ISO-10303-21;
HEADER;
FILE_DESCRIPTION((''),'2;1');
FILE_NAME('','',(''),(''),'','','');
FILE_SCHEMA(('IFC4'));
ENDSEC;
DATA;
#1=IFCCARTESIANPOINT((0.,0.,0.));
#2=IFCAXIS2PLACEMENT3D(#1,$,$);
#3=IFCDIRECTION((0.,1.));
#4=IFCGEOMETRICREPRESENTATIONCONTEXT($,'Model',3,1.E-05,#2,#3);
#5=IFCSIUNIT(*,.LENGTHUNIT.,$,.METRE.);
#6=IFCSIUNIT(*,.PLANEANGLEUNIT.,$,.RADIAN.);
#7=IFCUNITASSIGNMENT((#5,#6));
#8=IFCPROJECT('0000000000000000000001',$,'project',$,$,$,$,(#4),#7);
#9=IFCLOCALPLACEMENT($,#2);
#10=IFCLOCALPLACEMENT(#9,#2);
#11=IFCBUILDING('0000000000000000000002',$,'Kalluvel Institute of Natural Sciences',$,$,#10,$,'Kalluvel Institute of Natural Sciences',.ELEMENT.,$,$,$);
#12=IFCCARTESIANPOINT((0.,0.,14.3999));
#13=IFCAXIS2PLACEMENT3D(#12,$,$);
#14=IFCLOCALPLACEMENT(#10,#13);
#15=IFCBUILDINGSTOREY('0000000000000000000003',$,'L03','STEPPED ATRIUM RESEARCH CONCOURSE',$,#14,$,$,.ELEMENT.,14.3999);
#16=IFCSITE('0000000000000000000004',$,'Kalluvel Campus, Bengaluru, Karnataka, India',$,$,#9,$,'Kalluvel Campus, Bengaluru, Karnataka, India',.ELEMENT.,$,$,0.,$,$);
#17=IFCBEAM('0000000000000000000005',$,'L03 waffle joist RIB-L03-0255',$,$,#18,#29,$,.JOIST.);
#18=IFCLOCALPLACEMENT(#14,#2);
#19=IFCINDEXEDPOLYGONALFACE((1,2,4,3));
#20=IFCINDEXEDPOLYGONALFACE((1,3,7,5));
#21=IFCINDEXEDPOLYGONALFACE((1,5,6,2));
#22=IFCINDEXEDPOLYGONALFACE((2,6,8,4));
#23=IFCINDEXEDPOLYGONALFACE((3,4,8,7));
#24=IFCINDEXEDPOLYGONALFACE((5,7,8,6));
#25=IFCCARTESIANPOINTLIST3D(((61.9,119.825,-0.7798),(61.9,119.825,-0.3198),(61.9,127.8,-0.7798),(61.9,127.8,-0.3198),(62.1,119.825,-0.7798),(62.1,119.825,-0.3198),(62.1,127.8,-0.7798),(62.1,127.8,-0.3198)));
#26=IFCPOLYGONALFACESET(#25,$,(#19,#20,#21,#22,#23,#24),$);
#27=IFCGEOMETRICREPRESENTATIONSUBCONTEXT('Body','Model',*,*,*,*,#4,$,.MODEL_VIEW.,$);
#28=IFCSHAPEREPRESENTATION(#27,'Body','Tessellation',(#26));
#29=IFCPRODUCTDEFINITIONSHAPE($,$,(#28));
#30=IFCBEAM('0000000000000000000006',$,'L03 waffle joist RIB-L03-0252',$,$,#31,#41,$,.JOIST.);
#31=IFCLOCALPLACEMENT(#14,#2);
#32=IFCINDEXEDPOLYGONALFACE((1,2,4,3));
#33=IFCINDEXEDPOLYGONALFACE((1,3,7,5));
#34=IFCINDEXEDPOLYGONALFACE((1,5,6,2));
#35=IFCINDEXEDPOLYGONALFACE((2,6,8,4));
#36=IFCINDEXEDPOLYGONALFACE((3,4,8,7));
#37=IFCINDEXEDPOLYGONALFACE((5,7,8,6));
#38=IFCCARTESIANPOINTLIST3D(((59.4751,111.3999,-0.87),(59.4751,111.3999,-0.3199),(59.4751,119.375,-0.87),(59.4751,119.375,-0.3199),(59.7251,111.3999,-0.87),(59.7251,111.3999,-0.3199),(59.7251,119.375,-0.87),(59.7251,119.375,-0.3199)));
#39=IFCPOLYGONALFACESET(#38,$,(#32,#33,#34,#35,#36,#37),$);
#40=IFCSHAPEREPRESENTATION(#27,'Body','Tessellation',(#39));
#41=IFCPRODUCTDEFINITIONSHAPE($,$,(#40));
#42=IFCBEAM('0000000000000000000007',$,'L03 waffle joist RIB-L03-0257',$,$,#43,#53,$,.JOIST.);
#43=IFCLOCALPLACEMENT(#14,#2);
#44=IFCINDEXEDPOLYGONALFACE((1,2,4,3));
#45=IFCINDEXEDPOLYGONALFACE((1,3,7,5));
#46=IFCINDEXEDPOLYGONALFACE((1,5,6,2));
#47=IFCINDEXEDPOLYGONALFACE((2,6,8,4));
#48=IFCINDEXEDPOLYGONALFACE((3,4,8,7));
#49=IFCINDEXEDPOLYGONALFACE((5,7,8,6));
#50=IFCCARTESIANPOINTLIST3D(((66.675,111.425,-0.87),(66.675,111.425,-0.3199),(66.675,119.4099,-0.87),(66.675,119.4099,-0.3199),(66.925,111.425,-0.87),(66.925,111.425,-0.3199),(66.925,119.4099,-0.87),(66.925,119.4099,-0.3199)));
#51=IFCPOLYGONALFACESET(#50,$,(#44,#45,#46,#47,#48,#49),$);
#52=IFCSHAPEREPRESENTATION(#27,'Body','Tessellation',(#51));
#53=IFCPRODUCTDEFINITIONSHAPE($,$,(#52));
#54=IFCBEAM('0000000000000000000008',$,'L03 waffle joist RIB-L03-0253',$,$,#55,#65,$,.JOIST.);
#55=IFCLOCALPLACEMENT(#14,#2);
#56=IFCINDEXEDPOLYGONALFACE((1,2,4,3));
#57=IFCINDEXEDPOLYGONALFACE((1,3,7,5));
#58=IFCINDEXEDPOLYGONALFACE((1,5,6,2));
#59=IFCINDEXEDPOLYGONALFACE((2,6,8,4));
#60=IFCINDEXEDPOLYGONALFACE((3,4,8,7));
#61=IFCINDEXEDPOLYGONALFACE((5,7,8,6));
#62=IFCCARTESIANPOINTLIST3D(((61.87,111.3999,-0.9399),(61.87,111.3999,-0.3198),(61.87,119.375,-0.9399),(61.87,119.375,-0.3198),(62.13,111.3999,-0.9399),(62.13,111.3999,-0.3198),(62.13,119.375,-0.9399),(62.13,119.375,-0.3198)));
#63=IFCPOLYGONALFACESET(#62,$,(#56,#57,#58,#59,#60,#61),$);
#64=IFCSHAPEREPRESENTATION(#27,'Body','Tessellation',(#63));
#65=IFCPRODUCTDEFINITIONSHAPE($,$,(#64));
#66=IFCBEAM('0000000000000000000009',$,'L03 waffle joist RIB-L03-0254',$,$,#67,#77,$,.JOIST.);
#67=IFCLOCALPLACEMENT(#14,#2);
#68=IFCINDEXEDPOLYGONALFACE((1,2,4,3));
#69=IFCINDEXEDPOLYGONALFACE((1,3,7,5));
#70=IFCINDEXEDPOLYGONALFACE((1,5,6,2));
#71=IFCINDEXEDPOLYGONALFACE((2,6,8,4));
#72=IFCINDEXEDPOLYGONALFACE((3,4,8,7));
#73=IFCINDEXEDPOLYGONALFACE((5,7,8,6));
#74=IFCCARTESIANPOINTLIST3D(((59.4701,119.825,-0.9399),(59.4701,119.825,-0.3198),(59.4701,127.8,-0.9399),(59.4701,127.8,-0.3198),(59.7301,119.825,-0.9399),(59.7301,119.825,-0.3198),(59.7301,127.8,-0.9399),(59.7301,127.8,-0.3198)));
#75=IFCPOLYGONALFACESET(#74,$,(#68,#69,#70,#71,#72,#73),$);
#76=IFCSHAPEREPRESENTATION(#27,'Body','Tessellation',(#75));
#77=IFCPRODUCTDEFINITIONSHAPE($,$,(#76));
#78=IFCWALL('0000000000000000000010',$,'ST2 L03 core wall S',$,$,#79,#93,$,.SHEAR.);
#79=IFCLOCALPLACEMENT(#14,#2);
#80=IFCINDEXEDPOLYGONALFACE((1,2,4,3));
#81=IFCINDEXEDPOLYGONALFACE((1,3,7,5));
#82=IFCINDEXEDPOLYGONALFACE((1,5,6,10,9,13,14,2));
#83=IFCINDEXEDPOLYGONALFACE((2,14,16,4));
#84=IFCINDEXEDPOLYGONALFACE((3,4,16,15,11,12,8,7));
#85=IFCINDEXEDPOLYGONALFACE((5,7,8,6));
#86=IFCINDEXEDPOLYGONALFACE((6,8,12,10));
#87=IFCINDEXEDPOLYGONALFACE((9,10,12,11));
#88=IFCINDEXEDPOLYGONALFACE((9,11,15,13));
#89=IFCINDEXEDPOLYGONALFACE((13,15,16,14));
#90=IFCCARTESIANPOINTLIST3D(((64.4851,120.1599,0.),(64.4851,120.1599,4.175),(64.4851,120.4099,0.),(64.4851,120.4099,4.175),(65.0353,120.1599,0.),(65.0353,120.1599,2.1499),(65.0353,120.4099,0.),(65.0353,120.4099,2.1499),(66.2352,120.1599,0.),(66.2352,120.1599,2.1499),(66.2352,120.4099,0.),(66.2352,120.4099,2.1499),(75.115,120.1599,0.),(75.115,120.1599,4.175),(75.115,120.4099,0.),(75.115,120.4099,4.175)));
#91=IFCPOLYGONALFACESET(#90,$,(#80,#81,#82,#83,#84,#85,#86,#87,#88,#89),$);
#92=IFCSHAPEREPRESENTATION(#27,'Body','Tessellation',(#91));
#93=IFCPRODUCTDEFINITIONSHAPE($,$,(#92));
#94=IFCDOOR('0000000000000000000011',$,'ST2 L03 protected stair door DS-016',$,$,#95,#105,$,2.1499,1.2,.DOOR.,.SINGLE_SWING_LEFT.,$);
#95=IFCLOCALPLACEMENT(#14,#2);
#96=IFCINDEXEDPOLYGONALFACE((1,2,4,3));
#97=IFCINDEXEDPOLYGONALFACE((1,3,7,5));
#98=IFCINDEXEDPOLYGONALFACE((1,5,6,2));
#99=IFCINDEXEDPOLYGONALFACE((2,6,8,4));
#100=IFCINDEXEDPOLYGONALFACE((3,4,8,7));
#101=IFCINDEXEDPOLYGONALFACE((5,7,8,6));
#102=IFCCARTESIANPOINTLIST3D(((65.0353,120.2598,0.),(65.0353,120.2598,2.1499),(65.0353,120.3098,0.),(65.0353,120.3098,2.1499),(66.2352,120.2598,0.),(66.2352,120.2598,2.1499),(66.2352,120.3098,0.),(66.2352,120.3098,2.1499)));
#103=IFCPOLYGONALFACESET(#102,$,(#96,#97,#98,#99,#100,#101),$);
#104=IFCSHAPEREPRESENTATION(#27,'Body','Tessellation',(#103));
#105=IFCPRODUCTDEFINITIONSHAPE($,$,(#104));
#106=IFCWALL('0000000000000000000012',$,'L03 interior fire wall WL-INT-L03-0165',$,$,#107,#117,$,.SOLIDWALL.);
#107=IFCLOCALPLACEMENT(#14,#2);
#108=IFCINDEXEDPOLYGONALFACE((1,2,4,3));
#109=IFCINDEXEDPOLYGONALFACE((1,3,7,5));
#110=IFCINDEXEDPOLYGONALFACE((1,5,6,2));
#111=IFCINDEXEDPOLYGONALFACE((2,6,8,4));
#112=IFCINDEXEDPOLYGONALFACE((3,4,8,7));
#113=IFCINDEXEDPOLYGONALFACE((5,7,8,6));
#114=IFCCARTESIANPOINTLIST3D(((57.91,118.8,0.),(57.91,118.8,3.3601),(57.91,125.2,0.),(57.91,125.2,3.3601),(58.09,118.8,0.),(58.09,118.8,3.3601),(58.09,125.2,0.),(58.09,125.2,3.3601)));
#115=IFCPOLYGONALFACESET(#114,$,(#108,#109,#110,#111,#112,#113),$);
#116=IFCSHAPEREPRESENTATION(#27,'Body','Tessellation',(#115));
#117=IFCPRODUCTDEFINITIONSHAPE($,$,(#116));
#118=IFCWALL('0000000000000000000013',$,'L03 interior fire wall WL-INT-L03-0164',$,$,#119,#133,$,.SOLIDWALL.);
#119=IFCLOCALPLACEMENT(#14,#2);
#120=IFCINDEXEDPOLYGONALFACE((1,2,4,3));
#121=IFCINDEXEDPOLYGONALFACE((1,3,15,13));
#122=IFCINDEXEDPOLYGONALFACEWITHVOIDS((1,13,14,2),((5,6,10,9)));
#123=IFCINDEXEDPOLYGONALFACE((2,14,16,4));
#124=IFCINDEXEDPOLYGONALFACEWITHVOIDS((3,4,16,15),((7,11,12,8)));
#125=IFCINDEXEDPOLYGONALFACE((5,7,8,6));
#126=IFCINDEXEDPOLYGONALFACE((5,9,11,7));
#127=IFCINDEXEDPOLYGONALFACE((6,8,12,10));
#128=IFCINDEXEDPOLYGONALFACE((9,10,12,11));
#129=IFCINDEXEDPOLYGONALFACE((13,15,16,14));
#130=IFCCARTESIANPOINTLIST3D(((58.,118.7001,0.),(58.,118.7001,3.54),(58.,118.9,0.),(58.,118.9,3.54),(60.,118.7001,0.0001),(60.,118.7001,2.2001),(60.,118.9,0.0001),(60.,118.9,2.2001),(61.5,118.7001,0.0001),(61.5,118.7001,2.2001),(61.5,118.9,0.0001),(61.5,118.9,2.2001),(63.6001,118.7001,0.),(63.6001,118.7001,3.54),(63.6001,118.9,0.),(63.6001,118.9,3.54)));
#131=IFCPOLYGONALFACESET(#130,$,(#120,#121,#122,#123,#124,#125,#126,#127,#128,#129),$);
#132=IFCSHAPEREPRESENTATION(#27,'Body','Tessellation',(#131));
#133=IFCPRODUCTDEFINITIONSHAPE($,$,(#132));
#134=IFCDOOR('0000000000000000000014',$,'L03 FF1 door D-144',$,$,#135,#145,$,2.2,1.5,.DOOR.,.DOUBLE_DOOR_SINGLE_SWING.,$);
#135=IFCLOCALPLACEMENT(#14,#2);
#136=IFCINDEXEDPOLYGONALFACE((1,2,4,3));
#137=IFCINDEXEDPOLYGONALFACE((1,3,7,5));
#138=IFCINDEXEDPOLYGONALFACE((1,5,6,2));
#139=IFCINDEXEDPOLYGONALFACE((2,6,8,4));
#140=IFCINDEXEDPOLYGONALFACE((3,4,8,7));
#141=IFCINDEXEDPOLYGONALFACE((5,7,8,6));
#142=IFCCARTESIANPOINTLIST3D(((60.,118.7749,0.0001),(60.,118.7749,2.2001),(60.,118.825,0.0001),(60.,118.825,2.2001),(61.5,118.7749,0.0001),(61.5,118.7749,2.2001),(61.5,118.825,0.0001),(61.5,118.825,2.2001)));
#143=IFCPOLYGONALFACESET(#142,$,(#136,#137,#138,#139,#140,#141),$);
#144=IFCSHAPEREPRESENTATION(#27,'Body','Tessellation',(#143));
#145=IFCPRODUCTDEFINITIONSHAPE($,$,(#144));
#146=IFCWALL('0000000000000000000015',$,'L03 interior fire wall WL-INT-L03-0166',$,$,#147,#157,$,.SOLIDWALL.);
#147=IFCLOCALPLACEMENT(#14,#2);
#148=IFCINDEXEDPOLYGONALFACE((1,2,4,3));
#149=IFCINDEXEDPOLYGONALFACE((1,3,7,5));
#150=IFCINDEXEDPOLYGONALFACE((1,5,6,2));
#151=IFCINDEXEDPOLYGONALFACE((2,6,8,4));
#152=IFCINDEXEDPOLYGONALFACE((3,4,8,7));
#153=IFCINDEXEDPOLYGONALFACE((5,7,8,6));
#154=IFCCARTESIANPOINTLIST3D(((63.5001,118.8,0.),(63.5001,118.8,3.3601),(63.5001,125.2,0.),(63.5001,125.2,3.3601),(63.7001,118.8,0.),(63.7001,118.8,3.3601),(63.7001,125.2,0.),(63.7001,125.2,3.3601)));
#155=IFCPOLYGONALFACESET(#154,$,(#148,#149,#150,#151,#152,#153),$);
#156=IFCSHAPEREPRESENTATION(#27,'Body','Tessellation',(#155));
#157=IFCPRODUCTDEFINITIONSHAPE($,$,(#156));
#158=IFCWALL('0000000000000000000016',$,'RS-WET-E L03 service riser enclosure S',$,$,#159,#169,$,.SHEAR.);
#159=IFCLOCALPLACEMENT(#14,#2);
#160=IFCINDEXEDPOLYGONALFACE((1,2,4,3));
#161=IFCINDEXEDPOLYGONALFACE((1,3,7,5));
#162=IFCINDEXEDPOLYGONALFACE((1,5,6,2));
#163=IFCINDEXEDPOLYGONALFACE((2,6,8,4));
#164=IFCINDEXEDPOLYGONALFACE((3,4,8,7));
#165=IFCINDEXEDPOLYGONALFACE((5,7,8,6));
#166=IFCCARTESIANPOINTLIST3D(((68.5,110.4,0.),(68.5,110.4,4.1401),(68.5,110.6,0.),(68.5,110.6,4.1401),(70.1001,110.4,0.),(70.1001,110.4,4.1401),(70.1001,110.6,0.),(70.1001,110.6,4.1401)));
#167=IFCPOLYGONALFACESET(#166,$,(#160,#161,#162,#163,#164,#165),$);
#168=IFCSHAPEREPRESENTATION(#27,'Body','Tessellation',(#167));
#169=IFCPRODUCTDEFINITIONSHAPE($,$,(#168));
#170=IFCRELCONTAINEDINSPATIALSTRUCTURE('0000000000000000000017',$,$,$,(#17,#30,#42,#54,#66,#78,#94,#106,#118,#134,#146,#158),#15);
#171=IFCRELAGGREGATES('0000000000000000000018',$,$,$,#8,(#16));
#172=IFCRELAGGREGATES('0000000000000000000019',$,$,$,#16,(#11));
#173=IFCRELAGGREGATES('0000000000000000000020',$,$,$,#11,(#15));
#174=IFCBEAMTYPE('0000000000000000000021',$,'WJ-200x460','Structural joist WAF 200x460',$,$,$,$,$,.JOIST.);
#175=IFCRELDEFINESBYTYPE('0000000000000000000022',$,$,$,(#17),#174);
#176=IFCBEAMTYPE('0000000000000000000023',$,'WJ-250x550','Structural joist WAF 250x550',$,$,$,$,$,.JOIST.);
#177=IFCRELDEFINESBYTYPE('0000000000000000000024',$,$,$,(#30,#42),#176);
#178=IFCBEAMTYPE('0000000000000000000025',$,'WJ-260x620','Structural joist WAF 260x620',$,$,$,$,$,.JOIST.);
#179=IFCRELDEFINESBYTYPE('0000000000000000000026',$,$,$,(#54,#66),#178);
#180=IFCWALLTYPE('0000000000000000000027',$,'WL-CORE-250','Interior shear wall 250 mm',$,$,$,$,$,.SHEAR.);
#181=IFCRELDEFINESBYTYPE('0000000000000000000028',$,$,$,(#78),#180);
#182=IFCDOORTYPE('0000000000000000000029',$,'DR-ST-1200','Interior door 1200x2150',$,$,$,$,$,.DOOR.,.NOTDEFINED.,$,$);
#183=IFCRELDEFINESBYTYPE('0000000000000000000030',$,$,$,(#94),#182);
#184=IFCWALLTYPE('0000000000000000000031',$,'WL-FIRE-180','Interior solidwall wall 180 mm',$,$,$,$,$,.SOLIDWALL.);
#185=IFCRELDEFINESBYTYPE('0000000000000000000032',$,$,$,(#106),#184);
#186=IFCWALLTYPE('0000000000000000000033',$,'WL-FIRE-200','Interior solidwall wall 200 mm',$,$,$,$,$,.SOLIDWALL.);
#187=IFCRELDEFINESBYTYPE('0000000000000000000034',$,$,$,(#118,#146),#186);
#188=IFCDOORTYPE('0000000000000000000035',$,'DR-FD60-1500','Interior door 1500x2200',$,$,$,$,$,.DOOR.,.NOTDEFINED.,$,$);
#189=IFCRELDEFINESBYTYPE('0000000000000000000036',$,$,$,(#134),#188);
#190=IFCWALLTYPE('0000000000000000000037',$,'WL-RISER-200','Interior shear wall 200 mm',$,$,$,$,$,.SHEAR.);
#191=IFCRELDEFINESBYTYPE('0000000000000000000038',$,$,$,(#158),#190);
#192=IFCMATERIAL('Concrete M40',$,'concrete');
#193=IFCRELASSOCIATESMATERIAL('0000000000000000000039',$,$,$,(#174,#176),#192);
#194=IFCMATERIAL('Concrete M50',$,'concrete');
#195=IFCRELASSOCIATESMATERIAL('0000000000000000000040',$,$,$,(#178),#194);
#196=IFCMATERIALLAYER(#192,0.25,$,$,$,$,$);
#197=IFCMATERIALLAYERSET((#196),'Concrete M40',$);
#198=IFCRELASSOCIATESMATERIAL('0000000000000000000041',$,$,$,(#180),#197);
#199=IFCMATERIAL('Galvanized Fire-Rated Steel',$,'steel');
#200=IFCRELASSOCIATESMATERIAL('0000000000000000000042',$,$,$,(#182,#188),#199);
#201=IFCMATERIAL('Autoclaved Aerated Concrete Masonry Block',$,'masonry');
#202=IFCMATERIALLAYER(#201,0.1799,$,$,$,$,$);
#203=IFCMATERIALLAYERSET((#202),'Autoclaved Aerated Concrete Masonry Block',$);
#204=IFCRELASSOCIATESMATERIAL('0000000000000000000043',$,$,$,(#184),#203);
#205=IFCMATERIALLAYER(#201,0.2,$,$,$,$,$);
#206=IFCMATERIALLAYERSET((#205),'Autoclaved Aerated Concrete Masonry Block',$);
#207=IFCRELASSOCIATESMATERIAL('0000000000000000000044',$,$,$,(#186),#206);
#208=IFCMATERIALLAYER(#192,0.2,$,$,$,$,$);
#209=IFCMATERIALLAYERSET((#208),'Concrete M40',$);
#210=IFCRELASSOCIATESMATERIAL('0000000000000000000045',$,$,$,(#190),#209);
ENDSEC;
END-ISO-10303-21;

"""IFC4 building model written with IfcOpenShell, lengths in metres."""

from ifc_helpers import new_model, si_unit, direction, frame, frame_2d, origin, origin_2d, place, context, subcontext, project, spatial, rectangle, extrude, material, layer, layer_set, material_profile, profile_set, type_object, element, fill, save


model = new_model("IFC4")

# Units and contexts
model_context = context("Model", 3, precision=1e-05, world=origin(), true_north=direction((0.0, 1.0)))
body_context = subcontext(model_context, "Body", "Model", "MODEL_VIEW")
ifc_project = project(units=[si_unit("LENGTHUNIT", "METRE"), si_unit("PLANEANGLEUNIT", "RADIAN")], contexts=[model_context])

# Site, building, storey
site_placement = place(None, origin())
site = spatial("IfcSite", under=ifc_project, at=site_placement, Name="Kalluvel Campus, Bengaluru, Karnataka, India", LongName="Kalluvel Campus, Bengaluru, Karnataka, India", CompositionType="ELEMENT", RefElevation=0.0)
building_placement = place(site_placement, origin())
building = spatial("IfcBuilding", under=site, at=building_placement, Name="Kalluvel Institute of Natural Sciences", LongName="Kalluvel Institute of Natural Sciences", CompositionType="ELEMENT")
storey_placement = place(building_placement, frame((0.0, 0.0, 14.3999)))
storey = spatial("IfcBuildingStorey", under=building, at=storey_placement, Name="L03", Description="STEPPED ATRIUM RESEARCH CONCOURSE", CompositionType="ELEMENT", Elevation=14.3999)

# Shared definitions
ifc_material_1 = material(Name="Concrete M50", Category="concrete")

# Beams
ifc_material_2 = material(Name="Concrete M40", Category="concrete")
ifc_material_profile_1 = material_profile(ifc_material_2, rectangle(XDim=0.2, YDim=0.46, at=origin_2d()), Name="WAF 200x460")
ifc_profile_set_1 = profile_set([ifc_material_profile_1], Name="Concrete M40")
beam_type_1 = type_object("IfcBeamType", Name="WJ-200x460", Description="Structural joist WAF 200x460", PredefinedType="JOIST", material=ifc_profile_set_1)
beam_1_placement = place(storey_placement, frame((62.0, 119.825, -0.5498), z_axis=(0.0, 1.0, 0.0), x_axis=(-1.0, 0.0, 0.0)))
element("IfcBeam", 1, at=beam_1_placement, inside=storey, type_object=beam_type_1, Name="L03 waffle joist RIB-L03-0255", PredefinedType="JOIST", context=body_context, shape_type="SweptSolid", body=[
    extrude(rectangle(XDim=0.2, YDim=0.46, at=origin_2d()), origin(), (0.0, 0.0, 1.0), 7.9751),
])
ifc_material_profile_2 = material_profile(ifc_material_2, rectangle(XDim=0.25, YDim=0.55, at=origin_2d()), Name="WAF 250x550")
ifc_profile_set_2 = profile_set([ifc_material_profile_2], Name="Concrete M40")
beam_type_2 = type_object("IfcBeamType", Name="WJ-250x550", Description="Structural joist WAF 250x550", PredefinedType="JOIST", material=ifc_profile_set_2)
beam_2_placement = place(storey_placement, frame((59.6001, 111.3999, -0.595), z_axis=(0.0, 1.0, 0.0), x_axis=(-1.0, 0.0, 0.0)))
element("IfcBeam", 2, at=beam_2_placement, inside=storey, type_object=beam_type_2, Name="L03 waffle joist RIB-L03-0252", PredefinedType="JOIST", context=body_context, shape_type="SweptSolid", body=[
    extrude(rectangle(XDim=0.25, YDim=0.55, at=origin_2d()), origin(), (0.0, 0.0, 1.0), 7.9751),
])
beam_3_placement = place(storey_placement, frame((66.8, 111.425, -0.595), z_axis=(0.0, 1.0, 0.0), x_axis=(-1.0, 0.0, 0.0)))
element("IfcBeam", 3, at=beam_3_placement, inside=storey, type_object=beam_type_2, Name="L03 waffle joist RIB-L03-0257", PredefinedType="JOIST", context=body_context, shape_type="SweptSolid", body=[
    extrude(rectangle(XDim=0.25, YDim=0.55, at=origin_2d()), origin(), (0.0, 0.0, 1.0), 7.9849),
])
ifc_material_profile_3 = material_profile(ifc_material_1, rectangle(XDim=0.26, YDim=0.6201, at=origin_2d()), Name="WAF 260x620")
ifc_profile_set_3 = profile_set([ifc_material_profile_3], Name="Concrete M50")
beam_type_3 = type_object("IfcBeamType", Name="WJ-260x620", Description="Structural joist WAF 260x620", PredefinedType="JOIST", material=ifc_profile_set_3)
for number, where, z_axis, x_axis, name in (
    (4, (62.0, 111.3999, -0.6299), (0.0, 1.0, 0.0), (-1.0, 0.0, 0.0), "L03 waffle joist RIB-L03-0253"),
    (5, (59.6001, 119.825, -0.6299), (0.0, 1.0, 0.0), (-1.0, 0.0, 0.0), "L03 waffle joist RIB-L03-0254"),
):
    element("IfcBeam", number, at=place(storey_placement, frame(where, z_axis=z_axis, x_axis=x_axis)), inside=storey, type_object=beam_type_3, Name=name, PredefinedType="JOIST", context=body_context, shape_type="SweptSolid", body=[
        extrude(rectangle(XDim=0.26, YDim=0.6201, at=origin_2d()), origin(), (0.0, 0.0, 1.0), 7.9751),
    ])

# Wall, opening, door
ifc_layer_1 = layer(ifc_material_2, 0.25)
ifc_layer_set_1 = layer_set([ifc_layer_1], Name="Concrete M40")
wall_type_1 = type_object("IfcWallType", Name="WL-CORE-250", Description="Interior shear wall 250 mm", PredefinedType="SHEAR", material=ifc_layer_set_1)
wall_1_placement = place(storey_placement, frame((64.4851, 120.2849, 0.0), z_axis=(0.0, 0.0, 1.0), x_axis=(1.0, 0.0, 0.0)))
wall_1 = element("IfcWall", 6, at=wall_1_placement, inside=storey, type_object=wall_type_1, Name="ST2 L03 core wall S", PredefinedType="SHEAR", context=body_context, shape_type="SweptSolid", body=[
    extrude(rectangle(XDim=10.6299, YDim=0.25, at=frame_2d((5.3149, 0.0))), origin(), (0.0, 0.0, 1.0), 4.175),
])
opening_1_placement = place(wall_1_placement, frame((0.55, 0.0, 0.0)))
opening_1 = element("IfcOpeningElement", 7, at=opening_1_placement, cuts=wall_1, PredefinedType="OPENING", context=body_context, shape_type="SweptSolid", body=[
    extrude(rectangle(XDim=1.2, YDim=2.1499, at=frame_2d((0.6001, 1.075))), frame((0.0, 0.135, 0.0), z_axis=(0.0, -1.0, 0.0), x_axis=(1.0, 0.0, 0.0)), (0.0, 0.0, 1.0), 0.27),
])
ifc_material_3 = material(Name="Galvanized Fire-Rated Steel", Category="steel")
door_type_1 = type_object("IfcDoorType", Name="DR-ST-1200", Description="Interior door 1200x2150", OperationType="NOTDEFINED", PredefinedType="DOOR", material=ifc_material_3)
door_1_placement = place(opening_1_placement, origin())
door_1 = element("IfcDoor", 8, at=door_1_placement, inside=storey, type_object=door_type_1, Name="ST2 L03 protected stair door DS-016", OperationType="SINGLE_SWING_LEFT", OverallHeight=2.1499, OverallWidth=1.2, PredefinedType="DOOR", context=body_context, shape_type="SweptSolid", body=[
    extrude(rectangle(XDim=1.2, YDim=2.1499, at=frame_2d((0.6001, 1.075))), frame((0.0, 0.0249, 0.0), z_axis=(0.0, -1.0, 0.0), x_axis=(1.0, 0.0, 0.0)), (0.0, 0.0, 1.0), 0.05),
])
fill(opening_1, door_1)

# Wall
ifc_material_4 = material(Name="Autoclaved Aerated Concrete Masonry Block", Category="masonry")
ifc_layer_2 = layer(ifc_material_4, 0.1799)
ifc_layer_set_2 = layer_set([ifc_layer_2], Name="Autoclaved Aerated Concrete Masonry Block")
wall_type_2 = type_object("IfcWallType", Name="WL-FIRE-180", Description="Interior solidwall wall 180 mm", PredefinedType="SOLIDWALL", material=ifc_layer_set_2)
wall_2_placement = place(storey_placement, frame((58.0, 118.8, 0.0), z_axis=(0.0, 0.0, 1.0), x_axis=(0.0, 1.0, 0.0)))
element("IfcWall", 9, at=wall_2_placement, inside=storey, type_object=wall_type_2, Name="L03 interior fire wall WL-INT-L03-0165", PredefinedType="SOLIDWALL", context=body_context, shape_type="SweptSolid", body=[
    extrude(rectangle(XDim=6.3999, YDim=0.1799, at=frame_2d((3.2, 0.0))), origin(), (0.0, 0.0, 1.0), 3.3601),
])

# Wall, opening, door
ifc_layer_3 = layer(ifc_material_4, 0.2)
ifc_layer_set_3 = layer_set([ifc_layer_3], Name="Autoclaved Aerated Concrete Masonry Block")
wall_type_3 = type_object("IfcWallType", Name="WL-FIRE-200", Description="Interior solidwall wall 200 mm", PredefinedType="SOLIDWALL", material=ifc_layer_set_3)
wall_3_placement = place(storey_placement, frame((58.0, 118.8, 0.0), z_axis=(0.0, 0.0, 1.0), x_axis=(1.0, 0.0, 0.0)))
wall_3 = element("IfcWall", 10, at=wall_3_placement, inside=storey, type_object=wall_type_3, Name="L03 interior fire wall WL-INT-L03-0164", PredefinedType="SOLIDWALL", context=body_context, shape_type="SweptSolid", body=[
    extrude(rectangle(XDim=5.6001, YDim=0.2, at=frame_2d((2.8, 0.0))), origin(), (0.0, 0.0, 1.0), 3.54),
])
opening_2_placement = place(wall_3_placement, frame((2.0, 0.0, 0.0)))
opening_2 = element("IfcOpeningElement", 11, at=opening_2_placement, cuts=wall_3, PredefinedType="OPENING", context=body_context, shape_type="SweptSolid", body=[
    extrude(rectangle(XDim=1.5, YDim=2.2, at=frame_2d((0.75, 1.1001))), frame((0.0, 0.1099, 0.0), z_axis=(0.0, -1.0, 0.0), x_axis=(1.0, 0.0, 0.0)), (0.0, 0.0, 1.0), 0.22),
])
door_type_2 = type_object("IfcDoorType", Name="DR-FD60-1500", Description="Interior door 1500x2200", OperationType="NOTDEFINED", PredefinedType="DOOR", material=ifc_material_3)
door_2_placement = place(opening_2_placement, origin())
door_2 = element("IfcDoor", 12, at=door_2_placement, inside=storey, type_object=door_type_2, Name="L03 FF1 door D-144", OperationType="DOUBLE_DOOR_SINGLE_SWING", OverallHeight=2.2, OverallWidth=1.5, PredefinedType="DOOR", context=body_context, shape_type="SweptSolid", body=[
    extrude(rectangle(XDim=1.5, YDim=2.2, at=frame_2d((0.75, 1.1001))), frame((0.0, 0.0249, 0.0), z_axis=(0.0, -1.0, 0.0), x_axis=(1.0, 0.0, 0.0)), (0.0, 0.0, 1.0), 0.05),
])
fill(opening_2, door_2)

# Walls
wall_4_placement = place(storey_placement, frame((63.6001, 118.8, 0.0), z_axis=(0.0, 0.0, 1.0), x_axis=(0.0, 1.0, 0.0)))
element("IfcWall", 13, at=wall_4_placement, inside=storey, type_object=wall_type_3, Name="L03 interior fire wall WL-INT-L03-0166", PredefinedType="SOLIDWALL", context=body_context, shape_type="SweptSolid", body=[
    extrude(rectangle(XDim=6.3999, YDim=0.2, at=frame_2d((3.2, 0.0))), origin(), (0.0, 0.0, 1.0), 3.3601),
])
ifc_layer_4 = layer(ifc_material_2, 0.2)
ifc_layer_set_4 = layer_set([ifc_layer_4], Name="Concrete M40")
wall_type_4 = type_object("IfcWallType", Name="WL-RISER-200", Description="Interior shear wall 200 mm", PredefinedType="SHEAR", material=ifc_layer_set_4)
wall_5_placement = place(storey_placement, frame((68.5, 110.5, 0.0), z_axis=(0.0, 0.0, 1.0), x_axis=(1.0, 0.0, 0.0)))
element("IfcWall", 14, at=wall_5_placement, inside=storey, type_object=wall_type_4, Name="RS-WET-E L03 service riser enclosure S", PredefinedType="SHEAR", context=body_context, shape_type="SweptSolid", body=[
    extrude(rectangle(XDim=1.6001, YDim=0.2, at=frame_2d((0.8, 0.0))), origin(), (0.0, 0.0, 1.0), 4.1401),
])

save(model, "model.ifc")
